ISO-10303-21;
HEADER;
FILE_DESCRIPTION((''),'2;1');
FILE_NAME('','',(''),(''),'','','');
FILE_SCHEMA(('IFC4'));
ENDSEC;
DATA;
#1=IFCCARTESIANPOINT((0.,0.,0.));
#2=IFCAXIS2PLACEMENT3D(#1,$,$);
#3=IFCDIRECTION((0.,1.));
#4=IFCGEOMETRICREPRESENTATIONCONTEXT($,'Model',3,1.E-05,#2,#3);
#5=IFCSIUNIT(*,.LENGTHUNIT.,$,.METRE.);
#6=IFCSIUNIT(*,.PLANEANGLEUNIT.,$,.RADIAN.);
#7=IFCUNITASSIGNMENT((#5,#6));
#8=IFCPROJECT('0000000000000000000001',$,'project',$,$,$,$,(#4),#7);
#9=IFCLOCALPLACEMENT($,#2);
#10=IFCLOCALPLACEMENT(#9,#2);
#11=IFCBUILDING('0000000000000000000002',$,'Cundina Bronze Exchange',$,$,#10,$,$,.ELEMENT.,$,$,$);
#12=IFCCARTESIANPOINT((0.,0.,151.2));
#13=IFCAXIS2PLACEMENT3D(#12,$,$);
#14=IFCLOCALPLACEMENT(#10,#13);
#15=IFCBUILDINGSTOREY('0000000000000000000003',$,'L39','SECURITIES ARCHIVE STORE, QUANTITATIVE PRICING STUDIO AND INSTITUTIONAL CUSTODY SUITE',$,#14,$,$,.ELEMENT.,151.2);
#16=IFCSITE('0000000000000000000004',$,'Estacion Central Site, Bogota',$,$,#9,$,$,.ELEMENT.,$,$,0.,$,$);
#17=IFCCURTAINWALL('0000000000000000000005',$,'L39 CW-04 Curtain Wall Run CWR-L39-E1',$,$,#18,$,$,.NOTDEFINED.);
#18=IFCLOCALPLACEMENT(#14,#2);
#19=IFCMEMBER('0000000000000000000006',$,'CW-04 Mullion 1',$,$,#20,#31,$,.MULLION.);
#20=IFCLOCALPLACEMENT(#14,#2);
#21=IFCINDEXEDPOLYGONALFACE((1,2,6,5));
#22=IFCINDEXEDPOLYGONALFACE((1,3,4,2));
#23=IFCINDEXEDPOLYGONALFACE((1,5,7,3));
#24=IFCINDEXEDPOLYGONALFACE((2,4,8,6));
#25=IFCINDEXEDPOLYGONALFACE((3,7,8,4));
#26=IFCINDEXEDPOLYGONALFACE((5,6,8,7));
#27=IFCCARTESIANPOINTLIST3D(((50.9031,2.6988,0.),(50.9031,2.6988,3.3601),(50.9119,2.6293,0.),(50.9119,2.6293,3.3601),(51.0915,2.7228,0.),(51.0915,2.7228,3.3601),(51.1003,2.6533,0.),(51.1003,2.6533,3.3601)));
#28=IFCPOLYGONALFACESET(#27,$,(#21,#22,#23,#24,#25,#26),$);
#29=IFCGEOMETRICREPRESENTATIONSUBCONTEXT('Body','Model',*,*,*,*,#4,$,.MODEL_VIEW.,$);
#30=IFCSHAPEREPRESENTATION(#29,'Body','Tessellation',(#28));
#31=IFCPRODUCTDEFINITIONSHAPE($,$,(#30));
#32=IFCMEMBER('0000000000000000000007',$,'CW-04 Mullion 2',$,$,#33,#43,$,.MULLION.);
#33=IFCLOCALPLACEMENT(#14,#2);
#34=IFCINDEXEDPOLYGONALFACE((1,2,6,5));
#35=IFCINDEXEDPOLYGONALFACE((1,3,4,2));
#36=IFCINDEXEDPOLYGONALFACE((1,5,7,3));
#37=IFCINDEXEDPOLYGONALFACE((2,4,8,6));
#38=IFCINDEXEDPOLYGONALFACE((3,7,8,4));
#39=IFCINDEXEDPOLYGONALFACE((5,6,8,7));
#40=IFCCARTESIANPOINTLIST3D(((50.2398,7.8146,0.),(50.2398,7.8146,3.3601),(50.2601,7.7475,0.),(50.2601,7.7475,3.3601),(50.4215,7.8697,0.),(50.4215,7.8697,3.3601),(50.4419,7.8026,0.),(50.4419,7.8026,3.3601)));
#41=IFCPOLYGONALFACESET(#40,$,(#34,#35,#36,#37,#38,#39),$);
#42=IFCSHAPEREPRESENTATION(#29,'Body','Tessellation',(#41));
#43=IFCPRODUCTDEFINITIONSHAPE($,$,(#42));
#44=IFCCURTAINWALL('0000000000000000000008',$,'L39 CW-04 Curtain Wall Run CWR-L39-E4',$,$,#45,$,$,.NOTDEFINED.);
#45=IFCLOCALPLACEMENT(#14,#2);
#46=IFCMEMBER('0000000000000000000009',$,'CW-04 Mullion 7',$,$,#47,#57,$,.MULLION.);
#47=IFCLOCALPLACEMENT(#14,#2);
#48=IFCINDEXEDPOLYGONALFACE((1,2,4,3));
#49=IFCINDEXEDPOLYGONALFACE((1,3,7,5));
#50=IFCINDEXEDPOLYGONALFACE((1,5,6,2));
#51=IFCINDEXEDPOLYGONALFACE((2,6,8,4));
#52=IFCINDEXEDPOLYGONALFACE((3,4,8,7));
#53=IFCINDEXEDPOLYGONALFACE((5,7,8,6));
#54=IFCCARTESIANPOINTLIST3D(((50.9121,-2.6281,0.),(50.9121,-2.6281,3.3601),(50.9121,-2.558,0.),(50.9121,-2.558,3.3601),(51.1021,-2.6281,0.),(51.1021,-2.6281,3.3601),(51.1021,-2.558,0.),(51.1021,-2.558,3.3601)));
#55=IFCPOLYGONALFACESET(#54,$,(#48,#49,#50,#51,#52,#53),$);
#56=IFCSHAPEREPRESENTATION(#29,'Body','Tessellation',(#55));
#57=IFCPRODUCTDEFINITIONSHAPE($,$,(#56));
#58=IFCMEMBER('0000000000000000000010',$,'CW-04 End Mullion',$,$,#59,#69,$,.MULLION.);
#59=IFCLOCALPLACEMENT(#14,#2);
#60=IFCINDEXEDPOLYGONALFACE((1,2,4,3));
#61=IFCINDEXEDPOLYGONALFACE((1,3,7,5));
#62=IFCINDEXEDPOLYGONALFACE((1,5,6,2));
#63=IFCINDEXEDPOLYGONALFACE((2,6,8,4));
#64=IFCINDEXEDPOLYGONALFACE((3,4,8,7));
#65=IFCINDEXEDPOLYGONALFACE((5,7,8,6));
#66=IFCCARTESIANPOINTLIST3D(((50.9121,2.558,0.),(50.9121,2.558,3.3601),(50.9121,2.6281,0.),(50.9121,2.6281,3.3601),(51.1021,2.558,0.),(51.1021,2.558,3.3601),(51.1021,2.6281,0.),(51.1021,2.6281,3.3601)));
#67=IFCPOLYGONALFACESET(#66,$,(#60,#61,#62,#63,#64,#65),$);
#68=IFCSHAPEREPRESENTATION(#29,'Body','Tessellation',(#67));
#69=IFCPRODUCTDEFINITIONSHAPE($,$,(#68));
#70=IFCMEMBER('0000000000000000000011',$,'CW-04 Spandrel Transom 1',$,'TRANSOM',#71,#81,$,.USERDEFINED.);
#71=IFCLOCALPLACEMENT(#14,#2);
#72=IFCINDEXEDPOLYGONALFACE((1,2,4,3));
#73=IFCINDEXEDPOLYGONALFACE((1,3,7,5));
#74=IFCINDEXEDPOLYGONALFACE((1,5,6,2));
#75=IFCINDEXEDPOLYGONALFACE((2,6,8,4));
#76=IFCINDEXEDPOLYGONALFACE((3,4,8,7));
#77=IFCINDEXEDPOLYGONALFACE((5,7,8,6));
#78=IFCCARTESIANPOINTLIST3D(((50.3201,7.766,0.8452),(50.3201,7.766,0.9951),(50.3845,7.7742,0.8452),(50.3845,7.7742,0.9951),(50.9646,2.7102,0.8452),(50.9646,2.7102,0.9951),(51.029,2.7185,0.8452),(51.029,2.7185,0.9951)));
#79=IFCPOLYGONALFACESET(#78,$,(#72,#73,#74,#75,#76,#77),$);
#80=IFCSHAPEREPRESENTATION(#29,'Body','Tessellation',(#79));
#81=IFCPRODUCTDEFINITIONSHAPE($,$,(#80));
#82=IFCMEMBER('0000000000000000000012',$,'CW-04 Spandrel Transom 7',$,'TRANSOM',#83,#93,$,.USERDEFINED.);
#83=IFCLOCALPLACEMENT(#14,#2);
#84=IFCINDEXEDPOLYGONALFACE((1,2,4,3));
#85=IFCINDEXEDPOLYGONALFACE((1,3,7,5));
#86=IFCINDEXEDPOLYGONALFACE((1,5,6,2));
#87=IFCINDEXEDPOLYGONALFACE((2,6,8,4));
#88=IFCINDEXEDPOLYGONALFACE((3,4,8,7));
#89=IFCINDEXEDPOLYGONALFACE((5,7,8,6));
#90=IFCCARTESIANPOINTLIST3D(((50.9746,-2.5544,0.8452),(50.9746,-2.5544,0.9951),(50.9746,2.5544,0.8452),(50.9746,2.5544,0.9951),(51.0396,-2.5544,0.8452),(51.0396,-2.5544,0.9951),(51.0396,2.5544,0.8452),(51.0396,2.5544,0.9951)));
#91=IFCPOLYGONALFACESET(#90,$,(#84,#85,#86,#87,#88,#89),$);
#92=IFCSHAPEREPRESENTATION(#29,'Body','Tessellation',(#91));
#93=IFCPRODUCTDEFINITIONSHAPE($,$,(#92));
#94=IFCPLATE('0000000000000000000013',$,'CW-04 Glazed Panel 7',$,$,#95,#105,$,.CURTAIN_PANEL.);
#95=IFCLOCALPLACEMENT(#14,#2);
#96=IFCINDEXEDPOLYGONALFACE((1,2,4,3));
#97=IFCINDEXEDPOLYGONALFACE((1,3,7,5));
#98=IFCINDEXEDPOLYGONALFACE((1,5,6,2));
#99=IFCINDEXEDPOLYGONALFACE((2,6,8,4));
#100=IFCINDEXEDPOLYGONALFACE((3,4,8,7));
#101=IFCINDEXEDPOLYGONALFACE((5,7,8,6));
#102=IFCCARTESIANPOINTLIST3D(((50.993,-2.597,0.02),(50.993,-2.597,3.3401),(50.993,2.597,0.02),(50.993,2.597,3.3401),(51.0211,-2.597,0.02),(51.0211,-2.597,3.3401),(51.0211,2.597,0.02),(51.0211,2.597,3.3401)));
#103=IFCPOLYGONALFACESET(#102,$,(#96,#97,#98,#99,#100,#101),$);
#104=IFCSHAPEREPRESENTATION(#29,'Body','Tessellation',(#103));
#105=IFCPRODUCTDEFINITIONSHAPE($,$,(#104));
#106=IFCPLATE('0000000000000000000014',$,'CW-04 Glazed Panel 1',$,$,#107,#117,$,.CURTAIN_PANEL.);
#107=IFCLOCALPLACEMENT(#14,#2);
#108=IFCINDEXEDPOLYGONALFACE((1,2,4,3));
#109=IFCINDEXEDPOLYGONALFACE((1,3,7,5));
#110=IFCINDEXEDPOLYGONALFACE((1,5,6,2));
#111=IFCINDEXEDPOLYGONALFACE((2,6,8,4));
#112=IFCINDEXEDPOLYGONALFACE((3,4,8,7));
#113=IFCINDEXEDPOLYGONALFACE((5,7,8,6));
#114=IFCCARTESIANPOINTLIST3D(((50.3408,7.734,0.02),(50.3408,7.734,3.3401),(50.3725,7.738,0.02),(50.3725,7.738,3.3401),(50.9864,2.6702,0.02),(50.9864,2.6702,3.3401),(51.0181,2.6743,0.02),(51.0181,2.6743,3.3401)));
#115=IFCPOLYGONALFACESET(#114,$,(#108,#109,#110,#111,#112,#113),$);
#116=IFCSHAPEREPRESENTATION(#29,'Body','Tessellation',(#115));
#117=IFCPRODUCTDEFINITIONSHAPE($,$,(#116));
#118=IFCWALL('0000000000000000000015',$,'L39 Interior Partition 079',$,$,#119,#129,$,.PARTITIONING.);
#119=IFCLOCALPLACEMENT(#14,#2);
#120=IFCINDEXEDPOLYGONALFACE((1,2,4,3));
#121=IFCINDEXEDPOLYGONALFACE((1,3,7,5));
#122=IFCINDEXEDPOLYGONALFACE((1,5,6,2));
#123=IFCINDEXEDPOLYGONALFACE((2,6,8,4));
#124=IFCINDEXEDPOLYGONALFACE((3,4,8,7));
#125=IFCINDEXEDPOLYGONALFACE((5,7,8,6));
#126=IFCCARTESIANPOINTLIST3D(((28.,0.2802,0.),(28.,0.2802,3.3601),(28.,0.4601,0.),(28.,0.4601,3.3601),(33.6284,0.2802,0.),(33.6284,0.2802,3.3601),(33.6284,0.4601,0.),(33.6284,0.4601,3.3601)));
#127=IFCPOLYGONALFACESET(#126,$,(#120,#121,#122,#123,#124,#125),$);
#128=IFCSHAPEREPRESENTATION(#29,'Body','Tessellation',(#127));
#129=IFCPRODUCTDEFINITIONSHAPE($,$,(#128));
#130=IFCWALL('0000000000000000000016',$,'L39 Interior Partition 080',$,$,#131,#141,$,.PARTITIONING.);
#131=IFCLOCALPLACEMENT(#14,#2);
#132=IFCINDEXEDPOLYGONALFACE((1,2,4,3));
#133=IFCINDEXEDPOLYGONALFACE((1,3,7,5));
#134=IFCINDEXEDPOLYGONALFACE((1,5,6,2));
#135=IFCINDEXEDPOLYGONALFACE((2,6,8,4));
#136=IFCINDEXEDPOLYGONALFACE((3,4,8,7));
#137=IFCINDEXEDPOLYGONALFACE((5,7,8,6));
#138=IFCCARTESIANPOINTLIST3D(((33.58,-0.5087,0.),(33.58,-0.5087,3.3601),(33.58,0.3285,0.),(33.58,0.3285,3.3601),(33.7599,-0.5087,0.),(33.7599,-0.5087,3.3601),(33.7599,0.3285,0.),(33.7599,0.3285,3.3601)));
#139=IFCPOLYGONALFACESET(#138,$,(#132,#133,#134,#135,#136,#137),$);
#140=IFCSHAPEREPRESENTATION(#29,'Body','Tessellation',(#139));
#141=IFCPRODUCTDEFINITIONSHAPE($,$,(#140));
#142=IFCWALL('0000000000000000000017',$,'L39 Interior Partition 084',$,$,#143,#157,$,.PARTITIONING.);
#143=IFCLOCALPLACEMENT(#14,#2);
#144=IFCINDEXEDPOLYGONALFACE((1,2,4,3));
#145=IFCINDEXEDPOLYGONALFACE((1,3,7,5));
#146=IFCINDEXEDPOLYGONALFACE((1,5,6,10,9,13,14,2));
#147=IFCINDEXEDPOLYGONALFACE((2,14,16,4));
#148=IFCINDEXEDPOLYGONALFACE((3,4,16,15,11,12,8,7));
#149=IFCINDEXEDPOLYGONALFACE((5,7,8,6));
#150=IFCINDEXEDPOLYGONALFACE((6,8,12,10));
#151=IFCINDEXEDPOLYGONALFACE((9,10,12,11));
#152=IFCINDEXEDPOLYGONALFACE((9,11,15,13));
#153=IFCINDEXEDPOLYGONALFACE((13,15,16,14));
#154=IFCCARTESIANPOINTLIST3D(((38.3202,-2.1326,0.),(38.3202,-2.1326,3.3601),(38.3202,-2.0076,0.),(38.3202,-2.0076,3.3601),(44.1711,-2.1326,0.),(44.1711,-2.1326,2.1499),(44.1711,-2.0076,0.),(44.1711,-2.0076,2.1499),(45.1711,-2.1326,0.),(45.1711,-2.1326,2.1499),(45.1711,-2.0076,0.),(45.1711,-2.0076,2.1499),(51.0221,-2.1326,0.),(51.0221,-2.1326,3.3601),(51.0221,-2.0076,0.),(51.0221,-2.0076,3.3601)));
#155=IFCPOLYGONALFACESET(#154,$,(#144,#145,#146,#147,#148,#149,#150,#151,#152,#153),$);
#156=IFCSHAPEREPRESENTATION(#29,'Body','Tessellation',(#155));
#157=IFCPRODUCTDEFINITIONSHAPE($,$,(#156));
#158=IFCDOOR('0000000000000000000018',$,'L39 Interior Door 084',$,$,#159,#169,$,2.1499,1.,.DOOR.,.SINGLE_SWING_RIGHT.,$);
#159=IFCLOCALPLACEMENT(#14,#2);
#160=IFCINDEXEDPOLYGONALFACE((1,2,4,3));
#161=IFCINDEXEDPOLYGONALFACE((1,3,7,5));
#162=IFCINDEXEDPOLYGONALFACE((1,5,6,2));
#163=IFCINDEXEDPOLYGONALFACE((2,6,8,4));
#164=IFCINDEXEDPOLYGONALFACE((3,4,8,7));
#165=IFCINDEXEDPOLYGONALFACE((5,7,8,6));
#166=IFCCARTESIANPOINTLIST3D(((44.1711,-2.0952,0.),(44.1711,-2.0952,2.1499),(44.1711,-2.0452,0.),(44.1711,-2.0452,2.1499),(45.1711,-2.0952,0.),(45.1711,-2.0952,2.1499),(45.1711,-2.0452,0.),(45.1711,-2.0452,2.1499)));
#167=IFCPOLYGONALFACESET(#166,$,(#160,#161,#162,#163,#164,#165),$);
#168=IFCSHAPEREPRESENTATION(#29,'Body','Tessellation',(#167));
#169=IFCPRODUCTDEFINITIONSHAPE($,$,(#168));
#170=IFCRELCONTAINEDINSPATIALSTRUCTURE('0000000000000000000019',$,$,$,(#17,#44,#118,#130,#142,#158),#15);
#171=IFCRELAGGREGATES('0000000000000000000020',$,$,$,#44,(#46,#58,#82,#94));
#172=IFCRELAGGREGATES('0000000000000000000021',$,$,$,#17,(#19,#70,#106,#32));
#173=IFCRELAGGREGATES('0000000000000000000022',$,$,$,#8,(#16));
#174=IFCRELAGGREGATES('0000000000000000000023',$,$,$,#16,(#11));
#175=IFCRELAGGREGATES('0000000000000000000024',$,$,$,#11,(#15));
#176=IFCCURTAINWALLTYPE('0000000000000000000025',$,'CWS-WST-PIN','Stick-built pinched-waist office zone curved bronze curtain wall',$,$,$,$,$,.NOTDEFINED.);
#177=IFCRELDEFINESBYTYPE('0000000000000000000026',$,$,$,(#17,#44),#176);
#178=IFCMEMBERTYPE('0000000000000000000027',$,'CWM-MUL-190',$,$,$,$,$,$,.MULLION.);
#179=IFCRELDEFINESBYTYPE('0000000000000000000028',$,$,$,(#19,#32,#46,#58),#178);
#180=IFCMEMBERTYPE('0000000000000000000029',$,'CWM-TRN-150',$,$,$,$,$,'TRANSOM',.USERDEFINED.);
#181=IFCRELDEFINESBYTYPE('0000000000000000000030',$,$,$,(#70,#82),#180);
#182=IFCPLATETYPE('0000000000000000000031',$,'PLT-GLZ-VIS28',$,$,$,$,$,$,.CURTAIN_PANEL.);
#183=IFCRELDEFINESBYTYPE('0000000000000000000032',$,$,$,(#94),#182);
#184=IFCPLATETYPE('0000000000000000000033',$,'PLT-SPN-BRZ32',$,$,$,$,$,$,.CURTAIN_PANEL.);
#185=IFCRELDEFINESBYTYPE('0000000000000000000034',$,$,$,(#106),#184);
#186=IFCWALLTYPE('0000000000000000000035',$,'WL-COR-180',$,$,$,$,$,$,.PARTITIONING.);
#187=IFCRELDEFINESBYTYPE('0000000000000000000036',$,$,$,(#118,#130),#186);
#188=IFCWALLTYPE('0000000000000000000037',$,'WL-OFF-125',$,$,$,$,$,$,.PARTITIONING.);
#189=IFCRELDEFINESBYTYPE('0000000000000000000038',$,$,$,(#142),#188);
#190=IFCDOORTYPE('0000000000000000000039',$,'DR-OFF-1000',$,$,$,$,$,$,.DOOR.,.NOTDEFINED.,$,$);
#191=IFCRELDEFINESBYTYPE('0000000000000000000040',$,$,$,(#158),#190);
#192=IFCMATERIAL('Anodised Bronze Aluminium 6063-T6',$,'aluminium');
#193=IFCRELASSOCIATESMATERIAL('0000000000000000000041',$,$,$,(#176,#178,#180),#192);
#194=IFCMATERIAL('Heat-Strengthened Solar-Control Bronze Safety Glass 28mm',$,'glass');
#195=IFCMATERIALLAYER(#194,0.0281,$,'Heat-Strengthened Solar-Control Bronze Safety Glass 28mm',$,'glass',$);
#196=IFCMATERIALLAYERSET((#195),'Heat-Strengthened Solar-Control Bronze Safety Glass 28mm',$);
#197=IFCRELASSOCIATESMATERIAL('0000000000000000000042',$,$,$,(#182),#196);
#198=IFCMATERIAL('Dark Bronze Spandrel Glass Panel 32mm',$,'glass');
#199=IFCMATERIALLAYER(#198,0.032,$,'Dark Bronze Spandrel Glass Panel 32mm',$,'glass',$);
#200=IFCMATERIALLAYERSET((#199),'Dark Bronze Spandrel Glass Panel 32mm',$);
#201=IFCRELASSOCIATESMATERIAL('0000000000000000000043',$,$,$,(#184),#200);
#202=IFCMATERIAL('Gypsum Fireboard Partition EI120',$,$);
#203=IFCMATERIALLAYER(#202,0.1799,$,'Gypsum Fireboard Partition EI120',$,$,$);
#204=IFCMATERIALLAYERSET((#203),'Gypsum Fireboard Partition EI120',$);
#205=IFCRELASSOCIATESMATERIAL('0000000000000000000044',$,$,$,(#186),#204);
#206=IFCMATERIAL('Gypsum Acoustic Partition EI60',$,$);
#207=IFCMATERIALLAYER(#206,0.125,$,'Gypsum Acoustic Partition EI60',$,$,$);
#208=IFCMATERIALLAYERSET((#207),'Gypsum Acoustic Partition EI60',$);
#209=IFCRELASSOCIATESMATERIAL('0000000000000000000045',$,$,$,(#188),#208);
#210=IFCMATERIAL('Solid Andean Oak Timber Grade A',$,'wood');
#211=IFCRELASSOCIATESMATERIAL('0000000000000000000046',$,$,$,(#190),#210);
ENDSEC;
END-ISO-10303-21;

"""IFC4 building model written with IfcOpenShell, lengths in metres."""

from ifc_helpers import new_model, si_unit, direction, frame, frame_2d, origin, origin_2d, place, context, subcontext, project, spatial, rectangle, extrude, material, layer, layer_set, material_profile, profile_set, type_object, element, fill, aggregate, save


model = new_model("IFC4")

# Units and contexts
model_context = context("Model", 3, precision=1e-05, world=origin(), true_north=direction((0.0, 1.0)))
body_context = subcontext(model_context, "Body", "Model", "MODEL_VIEW")
ifc_project = project(units=[si_unit("LENGTHUNIT", "METRE"), si_unit("PLANEANGLEUNIT", "RADIAN")], contexts=[model_context])

# Site, building, storey
site_placement = place(None, origin())
site = spatial("IfcSite", under=ifc_project, at=site_placement, Name="Estacion Central Site, Bogota", CompositionType="ELEMENT", RefElevation=0.0)
building_placement = place(site_placement, origin())
building = spatial("IfcBuilding", under=site, at=building_placement, Name="Cundina Bronze Exchange", CompositionType="ELEMENT")
storey_placement = place(building_placement, frame((0.0, 0.0, 151.2)))
storey = spatial("IfcBuildingStorey", under=building, at=storey_placement, Name="L39", Description="SECURITIES ARCHIVE STORE, QUANTITATIVE PRICING STUDIO AND INSTITUTIONAL CUSTODY SUITE", CompositionType="ELEMENT", Elevation=151.2)

# Curtain walls, members
ifc_material_1 = material(Name="Anodised Bronze Aluminium 6063-T6", Category="aluminium")
curtain_wall_type = type_object("IfcCurtainWallType", Name="CWS-WST-PIN", Description="Stick-built pinched-waist office zone curved bronze curtain wall", PredefinedType="NOTDEFINED", material=ifc_material_1)
curtain_wall_1_placement = place(storey_placement, origin())
curtain_wall_1 = element("IfcCurtainWall", 1, at=curtain_wall_1_placement, inside=storey, type_object=curtain_wall_type, Name="L39 CW-04 Curtain Wall Run CWR-L39-E1", PredefinedType="NOTDEFINED")
ifc_material_profile_1 = material_profile(ifc_material_1, rectangle(XDim=0.0701, YDim=0.1899, at=origin_2d()), Name="AL70X190", Category="aluminium")
ifc_profile_set_1 = profile_set([ifc_material_profile_1], Name="Anodised Bronze Aluminium 6063-T6")
member_type_1 = type_object("IfcMemberType", Name="CWM-MUL-190", PredefinedType="MULLION", material=ifc_profile_set_1)
member_1_placement = place(storey_placement, frame((51.0017, 2.676, 0.0), z_axis=(0.0, 0.0, 1.0), x_axis=(-0.126545, 0.991961, 0.0)))
member_1 = element("IfcMember", 2, at=member_1_placement, type_object=member_type_1, Name="CW-04 Mullion 1", PredefinedType="MULLION", context=body_context, shape_type="SweptSolid", body=[
    extrude(rectangle(XDim=0.0701, YDim=0.1899, at=origin_2d()), origin(), (0.0, 0.0, 1.0), 3.3601),
])
member_2_placement = place(storey_placement, frame((50.3408, 7.8086, 0.0), z_axis=(0.0, 0.0, 1.0), x_axis=(-0.290034, 0.957016, 0.0)))
member_2 = element("IfcMember", 3, at=member_2_placement, type_object=member_type_1, Name="CW-04 Mullion 2", PredefinedType="MULLION", context=body_context, shape_type="SweptSolid", body=[
    extrude(rectangle(XDim=0.0701, YDim=0.1899, at=origin_2d()), origin(), (0.0, 0.0, 1.0), 3.3601),
])
curtain_wall_2_placement = place(storey_placement, origin())
curtain_wall_2 = element("IfcCurtainWall", 4, at=curtain_wall_2_placement, inside=storey, type_object=curtain_wall_type, Name="L39 CW-04 Curtain Wall Run CWR-L39-E4", PredefinedType="NOTDEFINED")
member_3_placement = place(storey_placement, frame((51.0071, -2.593, 0.0), z_axis=(0.0, 0.0, 1.0), x_axis=(0.0, 1.0, 0.0)))
member_3 = element("IfcMember", 5, at=member_3_placement, type_object=member_type_1, Name="CW-04 Mullion 7", PredefinedType="MULLION", context=body_context, shape_type="SweptSolid", body=[
    extrude(rectangle(XDim=0.0701, YDim=0.1899, at=origin_2d()), origin(), (0.0, 0.0, 1.0), 3.3601),
])
member_4_placement = place(storey_placement, frame((51.0071, 2.593, 0.0), z_axis=(0.0, 0.0, 1.0), x_axis=(0.0, 1.0, 0.0)))
member_4 = element("IfcMember", 6, at=member_4_placement, type_object=member_type_1, Name="CW-04 End Mullion", PredefinedType="MULLION", context=body_context, shape_type="SweptSolid", body=[
    extrude(rectangle(XDim=0.0701, YDim=0.1899, at=origin_2d()), origin(), (0.0, 0.0, 1.0), 3.3601),
])

# Members
ifc_material_profile_2 = material_profile(ifc_material_1, rectangle(XDim=0.0649, YDim=0.1499, at=origin_2d()), Name="AL65X150", Category="aluminium")
ifc_profile_set_2 = profile_set([ifc_material_profile_2], Name="Anodised Bronze Aluminium 6063-T6")
member_type_2 = type_object("IfcMemberType", Name="CWM-TRN-150", ElementType="TRANSOM", PredefinedType="USERDEFINED", material=ifc_profile_set_2)
member_5_placement = place(storey_placement, frame((50.9968, 2.7144, 0.9202), z_axis=(-0.126463, 0.991971, 0.0), x_axis=(-0.991971, -0.126463, 0.0)))
member_5 = element("IfcMember", 7, at=member_5_placement, type_object=member_type_2, Name="CW-04 Spandrel Transom 1", ObjectType="TRANSOM", PredefinedType="USERDEFINED", context=body_context, shape_type="SweptSolid", body=[
    extrude(rectangle(XDim=0.0649, YDim=0.1499, at=origin_2d()), origin(), (0.0, 0.0, 1.0), 5.0967),
])
member_6_placement = place(storey_placement, frame((51.0071, -2.5544, 0.9202), z_axis=(0.0, 1.0, 0.0), x_axis=(-1.0, 0.0, 0.0)))
member_6 = element("IfcMember", 8, at=member_6_placement, type_object=member_type_2, Name="CW-04 Spandrel Transom 7", ObjectType="TRANSOM", PredefinedType="USERDEFINED", context=body_context, shape_type="SweptSolid", body=[
    extrude(rectangle(XDim=0.0649, YDim=0.1499, at=origin_2d()), origin(), (0.0, 0.0, 1.0), 5.1089),
])

# Plates
ifc_material_2 = material(Name="Heat-Strengthened Solar-Control Bronze Safety Glass 28mm", Category="glass")
ifc_layer_1 = layer(ifc_material_2, 0.0281, Name="Heat-Strengthened Solar-Control Bronze Safety Glass 28mm", Category="glass")
ifc_layer_set_1 = layer_set([ifc_layer_1], Name="Heat-Strengthened Solar-Control Bronze Safety Glass 28mm")
plate_type_1 = type_object("IfcPlateType", Name="PLT-GLZ-VIS28", PredefinedType="CURTAIN_PANEL", material=ifc_layer_set_1)
plate_1_placement = place(storey_placement, frame((51.0071, 0.0, 0.02), z_axis=(0.0, 0.0, 1.0), x_axis=(0.0, 1.0, 0.0)))
plate_1 = element("IfcPlate", 9, at=plate_1_placement, type_object=plate_type_1, Name="CW-04 Glazed Panel 7", PredefinedType="CURTAIN_PANEL", context=body_context, shape_type="SweptSolid", body=[
    extrude(rectangle(XDim=5.1941, YDim=0.0281, at=origin_2d()), origin(), (0.0, 0.0, 1.0), 3.3201),
])
aggregate(curtain_wall_2, [member_3, member_4, member_6, plate_1])
ifc_material_3 = material(Name="Dark Bronze Spandrel Glass Panel 32mm", Category="glass")
ifc_layer_2 = layer(ifc_material_3, 0.032, Name="Dark Bronze Spandrel Glass Panel 32mm", Category="glass")
ifc_layer_set_2 = layer_set([ifc_layer_2], Name="Dark Bronze Spandrel Glass Panel 32mm")
plate_type_2 = type_object("IfcPlateType", Name="PLT-SPN-BRZ32", PredefinedType="CURTAIN_PANEL", material=ifc_layer_set_2)
plate_2_placement = place(storey_placement, frame((50.6794, 5.2041, 0.02), z_axis=(0.0, 0.0, 1.0), x_axis=(-0.126476, 0.99197, 0.0)))
plate_2 = element("IfcPlate", 10, at=plate_2_placement, type_object=plate_type_2, Name="CW-04 Glazed Panel 1", PredefinedType="CURTAIN_PANEL", context=body_context, shape_type="SweptSolid", body=[
    extrude(rectangle(XDim=5.1047, YDim=0.032, at=origin_2d()), origin(), (0.0, 0.0, 1.0), 3.3201),
])
aggregate(curtain_wall_1, [member_1, member_5, plate_2, member_2])

# Walls
ifc_material_4 = material(Name="Gypsum Fireboard Partition EI120")
ifc_layer_3 = layer(ifc_material_4, 0.1799, Name="Gypsum Fireboard Partition EI120")
ifc_layer_set_3 = layer_set([ifc_layer_3], Name="Gypsum Fireboard Partition EI120")
wall_type_1 = type_object("IfcWallType", Name="WL-COR-180", PredefinedType="PARTITIONING", material=ifc_layer_set_3)
wall_1_placement = place(storey_placement, frame((33.6284, 0.3701, 0.0), z_axis=(0.0, 0.0, 1.0), x_axis=(-1.0, 0.0, 0.0)))
element("IfcWall", 11, at=wall_1_placement, inside=storey, type_object=wall_type_1, Name="L39 Interior Partition 079", PredefinedType="PARTITIONING", context=body_context, shape_type="SweptSolid", body=[
    extrude(rectangle(XDim=5.6284, YDim=0.1799, at=frame_2d((2.8142, 0.0))), origin(), (0.0, 0.0, 1.0), 3.3601),
])
wall_2_placement = place(storey_placement, frame((33.6699, -0.5085, 0.0), z_axis=(0.0, 0.0, 1.0), x_axis=(0.0, 1.0, 0.0)))
element("IfcWall", 12, at=wall_2_placement, inside=storey, type_object=wall_type_1, Name="L39 Interior Partition 080", PredefinedType="PARTITIONING", context=body_context, shape_type="SweptSolid", body=[
    extrude(rectangle(XDim=0.8372, YDim=0.1799, at=frame_2d((0.4185, 0.0))), origin(), (0.0, 0.0, 1.0), 3.3601),
])

# Wall, opening, door
ifc_material_5 = material(Name="Gypsum Acoustic Partition EI60")
ifc_layer_4 = layer(ifc_material_5, 0.125, Name="Gypsum Acoustic Partition EI60")
ifc_layer_set_4 = layer_set([ifc_layer_4], Name="Gypsum Acoustic Partition EI60")
wall_type_2 = type_object("IfcWallType", Name="WL-OFF-125", PredefinedType="PARTITIONING", material=ifc_layer_set_4)
wall_3_placement = place(storey_placement, frame((38.3201, -2.0701, 0.0), z_axis=(0.0, 0.0, 1.0), x_axis=(1.0, 0.0, 0.0)))
wall_3 = element("IfcWall", 13, at=wall_3_placement, inside=storey, type_object=wall_type_2, Name="L39 Interior Partition 084", PredefinedType="PARTITIONING", context=body_context, shape_type="SweptSolid", body=[
    extrude(rectangle(XDim=12.7019, YDim=0.125, at=frame_2d((6.3511, 0.0))), origin(), (0.0, 0.0, 1.0), 3.3601),
])
opening_1_placement = place(wall_3_placement, frame((5.8511, 0.0, 0.0)))
opening_1 = element("IfcOpeningElement", 14, at=opening_1_placement, cuts=wall_3, PredefinedType="OPENING", context=body_context, shape_type="SweptSolid", body=[
    extrude(rectangle(XDim=1.0, YDim=2.1499, at=frame_2d((0.5, 1.075))), frame((0.0, 0.0725, 0.0), z_axis=(0.0, -1.0, 0.0), x_axis=(1.0, 0.0, 0.0)), (0.0, 0.0, 1.0), 0.145),
])
ifc_material_6 = material(Name="Solid Andean Oak Timber Grade A", Category="wood")
door_type = type_object("IfcDoorType", Name="DR-OFF-1000", OperationType="NOTDEFINED", PredefinedType="DOOR", material=ifc_material_6)
door_1_placement = place(opening_1_placement, origin())
door_1 = element("IfcDoor", 15, at=door_1_placement, inside=storey, type_object=door_type, Name="L39 Interior Door 084", OperationType="SINGLE_SWING_RIGHT", OverallHeight=2.1499, OverallWidth=1.0, PredefinedType="DOOR", context=body_context, shape_type="SweptSolid", body=[
    extrude(rectangle(XDim=1.0, YDim=2.1499, at=frame_2d((0.5, 1.075))), frame((0.0, 0.0249, 0.0), z_axis=(0.0, -1.0, 0.0), x_axis=(1.0, 0.0, 0.0)), (0.0, 0.0, 1.0), 0.05),
])
fill(opening_1, door_1)

save(model, "model.ifc")
